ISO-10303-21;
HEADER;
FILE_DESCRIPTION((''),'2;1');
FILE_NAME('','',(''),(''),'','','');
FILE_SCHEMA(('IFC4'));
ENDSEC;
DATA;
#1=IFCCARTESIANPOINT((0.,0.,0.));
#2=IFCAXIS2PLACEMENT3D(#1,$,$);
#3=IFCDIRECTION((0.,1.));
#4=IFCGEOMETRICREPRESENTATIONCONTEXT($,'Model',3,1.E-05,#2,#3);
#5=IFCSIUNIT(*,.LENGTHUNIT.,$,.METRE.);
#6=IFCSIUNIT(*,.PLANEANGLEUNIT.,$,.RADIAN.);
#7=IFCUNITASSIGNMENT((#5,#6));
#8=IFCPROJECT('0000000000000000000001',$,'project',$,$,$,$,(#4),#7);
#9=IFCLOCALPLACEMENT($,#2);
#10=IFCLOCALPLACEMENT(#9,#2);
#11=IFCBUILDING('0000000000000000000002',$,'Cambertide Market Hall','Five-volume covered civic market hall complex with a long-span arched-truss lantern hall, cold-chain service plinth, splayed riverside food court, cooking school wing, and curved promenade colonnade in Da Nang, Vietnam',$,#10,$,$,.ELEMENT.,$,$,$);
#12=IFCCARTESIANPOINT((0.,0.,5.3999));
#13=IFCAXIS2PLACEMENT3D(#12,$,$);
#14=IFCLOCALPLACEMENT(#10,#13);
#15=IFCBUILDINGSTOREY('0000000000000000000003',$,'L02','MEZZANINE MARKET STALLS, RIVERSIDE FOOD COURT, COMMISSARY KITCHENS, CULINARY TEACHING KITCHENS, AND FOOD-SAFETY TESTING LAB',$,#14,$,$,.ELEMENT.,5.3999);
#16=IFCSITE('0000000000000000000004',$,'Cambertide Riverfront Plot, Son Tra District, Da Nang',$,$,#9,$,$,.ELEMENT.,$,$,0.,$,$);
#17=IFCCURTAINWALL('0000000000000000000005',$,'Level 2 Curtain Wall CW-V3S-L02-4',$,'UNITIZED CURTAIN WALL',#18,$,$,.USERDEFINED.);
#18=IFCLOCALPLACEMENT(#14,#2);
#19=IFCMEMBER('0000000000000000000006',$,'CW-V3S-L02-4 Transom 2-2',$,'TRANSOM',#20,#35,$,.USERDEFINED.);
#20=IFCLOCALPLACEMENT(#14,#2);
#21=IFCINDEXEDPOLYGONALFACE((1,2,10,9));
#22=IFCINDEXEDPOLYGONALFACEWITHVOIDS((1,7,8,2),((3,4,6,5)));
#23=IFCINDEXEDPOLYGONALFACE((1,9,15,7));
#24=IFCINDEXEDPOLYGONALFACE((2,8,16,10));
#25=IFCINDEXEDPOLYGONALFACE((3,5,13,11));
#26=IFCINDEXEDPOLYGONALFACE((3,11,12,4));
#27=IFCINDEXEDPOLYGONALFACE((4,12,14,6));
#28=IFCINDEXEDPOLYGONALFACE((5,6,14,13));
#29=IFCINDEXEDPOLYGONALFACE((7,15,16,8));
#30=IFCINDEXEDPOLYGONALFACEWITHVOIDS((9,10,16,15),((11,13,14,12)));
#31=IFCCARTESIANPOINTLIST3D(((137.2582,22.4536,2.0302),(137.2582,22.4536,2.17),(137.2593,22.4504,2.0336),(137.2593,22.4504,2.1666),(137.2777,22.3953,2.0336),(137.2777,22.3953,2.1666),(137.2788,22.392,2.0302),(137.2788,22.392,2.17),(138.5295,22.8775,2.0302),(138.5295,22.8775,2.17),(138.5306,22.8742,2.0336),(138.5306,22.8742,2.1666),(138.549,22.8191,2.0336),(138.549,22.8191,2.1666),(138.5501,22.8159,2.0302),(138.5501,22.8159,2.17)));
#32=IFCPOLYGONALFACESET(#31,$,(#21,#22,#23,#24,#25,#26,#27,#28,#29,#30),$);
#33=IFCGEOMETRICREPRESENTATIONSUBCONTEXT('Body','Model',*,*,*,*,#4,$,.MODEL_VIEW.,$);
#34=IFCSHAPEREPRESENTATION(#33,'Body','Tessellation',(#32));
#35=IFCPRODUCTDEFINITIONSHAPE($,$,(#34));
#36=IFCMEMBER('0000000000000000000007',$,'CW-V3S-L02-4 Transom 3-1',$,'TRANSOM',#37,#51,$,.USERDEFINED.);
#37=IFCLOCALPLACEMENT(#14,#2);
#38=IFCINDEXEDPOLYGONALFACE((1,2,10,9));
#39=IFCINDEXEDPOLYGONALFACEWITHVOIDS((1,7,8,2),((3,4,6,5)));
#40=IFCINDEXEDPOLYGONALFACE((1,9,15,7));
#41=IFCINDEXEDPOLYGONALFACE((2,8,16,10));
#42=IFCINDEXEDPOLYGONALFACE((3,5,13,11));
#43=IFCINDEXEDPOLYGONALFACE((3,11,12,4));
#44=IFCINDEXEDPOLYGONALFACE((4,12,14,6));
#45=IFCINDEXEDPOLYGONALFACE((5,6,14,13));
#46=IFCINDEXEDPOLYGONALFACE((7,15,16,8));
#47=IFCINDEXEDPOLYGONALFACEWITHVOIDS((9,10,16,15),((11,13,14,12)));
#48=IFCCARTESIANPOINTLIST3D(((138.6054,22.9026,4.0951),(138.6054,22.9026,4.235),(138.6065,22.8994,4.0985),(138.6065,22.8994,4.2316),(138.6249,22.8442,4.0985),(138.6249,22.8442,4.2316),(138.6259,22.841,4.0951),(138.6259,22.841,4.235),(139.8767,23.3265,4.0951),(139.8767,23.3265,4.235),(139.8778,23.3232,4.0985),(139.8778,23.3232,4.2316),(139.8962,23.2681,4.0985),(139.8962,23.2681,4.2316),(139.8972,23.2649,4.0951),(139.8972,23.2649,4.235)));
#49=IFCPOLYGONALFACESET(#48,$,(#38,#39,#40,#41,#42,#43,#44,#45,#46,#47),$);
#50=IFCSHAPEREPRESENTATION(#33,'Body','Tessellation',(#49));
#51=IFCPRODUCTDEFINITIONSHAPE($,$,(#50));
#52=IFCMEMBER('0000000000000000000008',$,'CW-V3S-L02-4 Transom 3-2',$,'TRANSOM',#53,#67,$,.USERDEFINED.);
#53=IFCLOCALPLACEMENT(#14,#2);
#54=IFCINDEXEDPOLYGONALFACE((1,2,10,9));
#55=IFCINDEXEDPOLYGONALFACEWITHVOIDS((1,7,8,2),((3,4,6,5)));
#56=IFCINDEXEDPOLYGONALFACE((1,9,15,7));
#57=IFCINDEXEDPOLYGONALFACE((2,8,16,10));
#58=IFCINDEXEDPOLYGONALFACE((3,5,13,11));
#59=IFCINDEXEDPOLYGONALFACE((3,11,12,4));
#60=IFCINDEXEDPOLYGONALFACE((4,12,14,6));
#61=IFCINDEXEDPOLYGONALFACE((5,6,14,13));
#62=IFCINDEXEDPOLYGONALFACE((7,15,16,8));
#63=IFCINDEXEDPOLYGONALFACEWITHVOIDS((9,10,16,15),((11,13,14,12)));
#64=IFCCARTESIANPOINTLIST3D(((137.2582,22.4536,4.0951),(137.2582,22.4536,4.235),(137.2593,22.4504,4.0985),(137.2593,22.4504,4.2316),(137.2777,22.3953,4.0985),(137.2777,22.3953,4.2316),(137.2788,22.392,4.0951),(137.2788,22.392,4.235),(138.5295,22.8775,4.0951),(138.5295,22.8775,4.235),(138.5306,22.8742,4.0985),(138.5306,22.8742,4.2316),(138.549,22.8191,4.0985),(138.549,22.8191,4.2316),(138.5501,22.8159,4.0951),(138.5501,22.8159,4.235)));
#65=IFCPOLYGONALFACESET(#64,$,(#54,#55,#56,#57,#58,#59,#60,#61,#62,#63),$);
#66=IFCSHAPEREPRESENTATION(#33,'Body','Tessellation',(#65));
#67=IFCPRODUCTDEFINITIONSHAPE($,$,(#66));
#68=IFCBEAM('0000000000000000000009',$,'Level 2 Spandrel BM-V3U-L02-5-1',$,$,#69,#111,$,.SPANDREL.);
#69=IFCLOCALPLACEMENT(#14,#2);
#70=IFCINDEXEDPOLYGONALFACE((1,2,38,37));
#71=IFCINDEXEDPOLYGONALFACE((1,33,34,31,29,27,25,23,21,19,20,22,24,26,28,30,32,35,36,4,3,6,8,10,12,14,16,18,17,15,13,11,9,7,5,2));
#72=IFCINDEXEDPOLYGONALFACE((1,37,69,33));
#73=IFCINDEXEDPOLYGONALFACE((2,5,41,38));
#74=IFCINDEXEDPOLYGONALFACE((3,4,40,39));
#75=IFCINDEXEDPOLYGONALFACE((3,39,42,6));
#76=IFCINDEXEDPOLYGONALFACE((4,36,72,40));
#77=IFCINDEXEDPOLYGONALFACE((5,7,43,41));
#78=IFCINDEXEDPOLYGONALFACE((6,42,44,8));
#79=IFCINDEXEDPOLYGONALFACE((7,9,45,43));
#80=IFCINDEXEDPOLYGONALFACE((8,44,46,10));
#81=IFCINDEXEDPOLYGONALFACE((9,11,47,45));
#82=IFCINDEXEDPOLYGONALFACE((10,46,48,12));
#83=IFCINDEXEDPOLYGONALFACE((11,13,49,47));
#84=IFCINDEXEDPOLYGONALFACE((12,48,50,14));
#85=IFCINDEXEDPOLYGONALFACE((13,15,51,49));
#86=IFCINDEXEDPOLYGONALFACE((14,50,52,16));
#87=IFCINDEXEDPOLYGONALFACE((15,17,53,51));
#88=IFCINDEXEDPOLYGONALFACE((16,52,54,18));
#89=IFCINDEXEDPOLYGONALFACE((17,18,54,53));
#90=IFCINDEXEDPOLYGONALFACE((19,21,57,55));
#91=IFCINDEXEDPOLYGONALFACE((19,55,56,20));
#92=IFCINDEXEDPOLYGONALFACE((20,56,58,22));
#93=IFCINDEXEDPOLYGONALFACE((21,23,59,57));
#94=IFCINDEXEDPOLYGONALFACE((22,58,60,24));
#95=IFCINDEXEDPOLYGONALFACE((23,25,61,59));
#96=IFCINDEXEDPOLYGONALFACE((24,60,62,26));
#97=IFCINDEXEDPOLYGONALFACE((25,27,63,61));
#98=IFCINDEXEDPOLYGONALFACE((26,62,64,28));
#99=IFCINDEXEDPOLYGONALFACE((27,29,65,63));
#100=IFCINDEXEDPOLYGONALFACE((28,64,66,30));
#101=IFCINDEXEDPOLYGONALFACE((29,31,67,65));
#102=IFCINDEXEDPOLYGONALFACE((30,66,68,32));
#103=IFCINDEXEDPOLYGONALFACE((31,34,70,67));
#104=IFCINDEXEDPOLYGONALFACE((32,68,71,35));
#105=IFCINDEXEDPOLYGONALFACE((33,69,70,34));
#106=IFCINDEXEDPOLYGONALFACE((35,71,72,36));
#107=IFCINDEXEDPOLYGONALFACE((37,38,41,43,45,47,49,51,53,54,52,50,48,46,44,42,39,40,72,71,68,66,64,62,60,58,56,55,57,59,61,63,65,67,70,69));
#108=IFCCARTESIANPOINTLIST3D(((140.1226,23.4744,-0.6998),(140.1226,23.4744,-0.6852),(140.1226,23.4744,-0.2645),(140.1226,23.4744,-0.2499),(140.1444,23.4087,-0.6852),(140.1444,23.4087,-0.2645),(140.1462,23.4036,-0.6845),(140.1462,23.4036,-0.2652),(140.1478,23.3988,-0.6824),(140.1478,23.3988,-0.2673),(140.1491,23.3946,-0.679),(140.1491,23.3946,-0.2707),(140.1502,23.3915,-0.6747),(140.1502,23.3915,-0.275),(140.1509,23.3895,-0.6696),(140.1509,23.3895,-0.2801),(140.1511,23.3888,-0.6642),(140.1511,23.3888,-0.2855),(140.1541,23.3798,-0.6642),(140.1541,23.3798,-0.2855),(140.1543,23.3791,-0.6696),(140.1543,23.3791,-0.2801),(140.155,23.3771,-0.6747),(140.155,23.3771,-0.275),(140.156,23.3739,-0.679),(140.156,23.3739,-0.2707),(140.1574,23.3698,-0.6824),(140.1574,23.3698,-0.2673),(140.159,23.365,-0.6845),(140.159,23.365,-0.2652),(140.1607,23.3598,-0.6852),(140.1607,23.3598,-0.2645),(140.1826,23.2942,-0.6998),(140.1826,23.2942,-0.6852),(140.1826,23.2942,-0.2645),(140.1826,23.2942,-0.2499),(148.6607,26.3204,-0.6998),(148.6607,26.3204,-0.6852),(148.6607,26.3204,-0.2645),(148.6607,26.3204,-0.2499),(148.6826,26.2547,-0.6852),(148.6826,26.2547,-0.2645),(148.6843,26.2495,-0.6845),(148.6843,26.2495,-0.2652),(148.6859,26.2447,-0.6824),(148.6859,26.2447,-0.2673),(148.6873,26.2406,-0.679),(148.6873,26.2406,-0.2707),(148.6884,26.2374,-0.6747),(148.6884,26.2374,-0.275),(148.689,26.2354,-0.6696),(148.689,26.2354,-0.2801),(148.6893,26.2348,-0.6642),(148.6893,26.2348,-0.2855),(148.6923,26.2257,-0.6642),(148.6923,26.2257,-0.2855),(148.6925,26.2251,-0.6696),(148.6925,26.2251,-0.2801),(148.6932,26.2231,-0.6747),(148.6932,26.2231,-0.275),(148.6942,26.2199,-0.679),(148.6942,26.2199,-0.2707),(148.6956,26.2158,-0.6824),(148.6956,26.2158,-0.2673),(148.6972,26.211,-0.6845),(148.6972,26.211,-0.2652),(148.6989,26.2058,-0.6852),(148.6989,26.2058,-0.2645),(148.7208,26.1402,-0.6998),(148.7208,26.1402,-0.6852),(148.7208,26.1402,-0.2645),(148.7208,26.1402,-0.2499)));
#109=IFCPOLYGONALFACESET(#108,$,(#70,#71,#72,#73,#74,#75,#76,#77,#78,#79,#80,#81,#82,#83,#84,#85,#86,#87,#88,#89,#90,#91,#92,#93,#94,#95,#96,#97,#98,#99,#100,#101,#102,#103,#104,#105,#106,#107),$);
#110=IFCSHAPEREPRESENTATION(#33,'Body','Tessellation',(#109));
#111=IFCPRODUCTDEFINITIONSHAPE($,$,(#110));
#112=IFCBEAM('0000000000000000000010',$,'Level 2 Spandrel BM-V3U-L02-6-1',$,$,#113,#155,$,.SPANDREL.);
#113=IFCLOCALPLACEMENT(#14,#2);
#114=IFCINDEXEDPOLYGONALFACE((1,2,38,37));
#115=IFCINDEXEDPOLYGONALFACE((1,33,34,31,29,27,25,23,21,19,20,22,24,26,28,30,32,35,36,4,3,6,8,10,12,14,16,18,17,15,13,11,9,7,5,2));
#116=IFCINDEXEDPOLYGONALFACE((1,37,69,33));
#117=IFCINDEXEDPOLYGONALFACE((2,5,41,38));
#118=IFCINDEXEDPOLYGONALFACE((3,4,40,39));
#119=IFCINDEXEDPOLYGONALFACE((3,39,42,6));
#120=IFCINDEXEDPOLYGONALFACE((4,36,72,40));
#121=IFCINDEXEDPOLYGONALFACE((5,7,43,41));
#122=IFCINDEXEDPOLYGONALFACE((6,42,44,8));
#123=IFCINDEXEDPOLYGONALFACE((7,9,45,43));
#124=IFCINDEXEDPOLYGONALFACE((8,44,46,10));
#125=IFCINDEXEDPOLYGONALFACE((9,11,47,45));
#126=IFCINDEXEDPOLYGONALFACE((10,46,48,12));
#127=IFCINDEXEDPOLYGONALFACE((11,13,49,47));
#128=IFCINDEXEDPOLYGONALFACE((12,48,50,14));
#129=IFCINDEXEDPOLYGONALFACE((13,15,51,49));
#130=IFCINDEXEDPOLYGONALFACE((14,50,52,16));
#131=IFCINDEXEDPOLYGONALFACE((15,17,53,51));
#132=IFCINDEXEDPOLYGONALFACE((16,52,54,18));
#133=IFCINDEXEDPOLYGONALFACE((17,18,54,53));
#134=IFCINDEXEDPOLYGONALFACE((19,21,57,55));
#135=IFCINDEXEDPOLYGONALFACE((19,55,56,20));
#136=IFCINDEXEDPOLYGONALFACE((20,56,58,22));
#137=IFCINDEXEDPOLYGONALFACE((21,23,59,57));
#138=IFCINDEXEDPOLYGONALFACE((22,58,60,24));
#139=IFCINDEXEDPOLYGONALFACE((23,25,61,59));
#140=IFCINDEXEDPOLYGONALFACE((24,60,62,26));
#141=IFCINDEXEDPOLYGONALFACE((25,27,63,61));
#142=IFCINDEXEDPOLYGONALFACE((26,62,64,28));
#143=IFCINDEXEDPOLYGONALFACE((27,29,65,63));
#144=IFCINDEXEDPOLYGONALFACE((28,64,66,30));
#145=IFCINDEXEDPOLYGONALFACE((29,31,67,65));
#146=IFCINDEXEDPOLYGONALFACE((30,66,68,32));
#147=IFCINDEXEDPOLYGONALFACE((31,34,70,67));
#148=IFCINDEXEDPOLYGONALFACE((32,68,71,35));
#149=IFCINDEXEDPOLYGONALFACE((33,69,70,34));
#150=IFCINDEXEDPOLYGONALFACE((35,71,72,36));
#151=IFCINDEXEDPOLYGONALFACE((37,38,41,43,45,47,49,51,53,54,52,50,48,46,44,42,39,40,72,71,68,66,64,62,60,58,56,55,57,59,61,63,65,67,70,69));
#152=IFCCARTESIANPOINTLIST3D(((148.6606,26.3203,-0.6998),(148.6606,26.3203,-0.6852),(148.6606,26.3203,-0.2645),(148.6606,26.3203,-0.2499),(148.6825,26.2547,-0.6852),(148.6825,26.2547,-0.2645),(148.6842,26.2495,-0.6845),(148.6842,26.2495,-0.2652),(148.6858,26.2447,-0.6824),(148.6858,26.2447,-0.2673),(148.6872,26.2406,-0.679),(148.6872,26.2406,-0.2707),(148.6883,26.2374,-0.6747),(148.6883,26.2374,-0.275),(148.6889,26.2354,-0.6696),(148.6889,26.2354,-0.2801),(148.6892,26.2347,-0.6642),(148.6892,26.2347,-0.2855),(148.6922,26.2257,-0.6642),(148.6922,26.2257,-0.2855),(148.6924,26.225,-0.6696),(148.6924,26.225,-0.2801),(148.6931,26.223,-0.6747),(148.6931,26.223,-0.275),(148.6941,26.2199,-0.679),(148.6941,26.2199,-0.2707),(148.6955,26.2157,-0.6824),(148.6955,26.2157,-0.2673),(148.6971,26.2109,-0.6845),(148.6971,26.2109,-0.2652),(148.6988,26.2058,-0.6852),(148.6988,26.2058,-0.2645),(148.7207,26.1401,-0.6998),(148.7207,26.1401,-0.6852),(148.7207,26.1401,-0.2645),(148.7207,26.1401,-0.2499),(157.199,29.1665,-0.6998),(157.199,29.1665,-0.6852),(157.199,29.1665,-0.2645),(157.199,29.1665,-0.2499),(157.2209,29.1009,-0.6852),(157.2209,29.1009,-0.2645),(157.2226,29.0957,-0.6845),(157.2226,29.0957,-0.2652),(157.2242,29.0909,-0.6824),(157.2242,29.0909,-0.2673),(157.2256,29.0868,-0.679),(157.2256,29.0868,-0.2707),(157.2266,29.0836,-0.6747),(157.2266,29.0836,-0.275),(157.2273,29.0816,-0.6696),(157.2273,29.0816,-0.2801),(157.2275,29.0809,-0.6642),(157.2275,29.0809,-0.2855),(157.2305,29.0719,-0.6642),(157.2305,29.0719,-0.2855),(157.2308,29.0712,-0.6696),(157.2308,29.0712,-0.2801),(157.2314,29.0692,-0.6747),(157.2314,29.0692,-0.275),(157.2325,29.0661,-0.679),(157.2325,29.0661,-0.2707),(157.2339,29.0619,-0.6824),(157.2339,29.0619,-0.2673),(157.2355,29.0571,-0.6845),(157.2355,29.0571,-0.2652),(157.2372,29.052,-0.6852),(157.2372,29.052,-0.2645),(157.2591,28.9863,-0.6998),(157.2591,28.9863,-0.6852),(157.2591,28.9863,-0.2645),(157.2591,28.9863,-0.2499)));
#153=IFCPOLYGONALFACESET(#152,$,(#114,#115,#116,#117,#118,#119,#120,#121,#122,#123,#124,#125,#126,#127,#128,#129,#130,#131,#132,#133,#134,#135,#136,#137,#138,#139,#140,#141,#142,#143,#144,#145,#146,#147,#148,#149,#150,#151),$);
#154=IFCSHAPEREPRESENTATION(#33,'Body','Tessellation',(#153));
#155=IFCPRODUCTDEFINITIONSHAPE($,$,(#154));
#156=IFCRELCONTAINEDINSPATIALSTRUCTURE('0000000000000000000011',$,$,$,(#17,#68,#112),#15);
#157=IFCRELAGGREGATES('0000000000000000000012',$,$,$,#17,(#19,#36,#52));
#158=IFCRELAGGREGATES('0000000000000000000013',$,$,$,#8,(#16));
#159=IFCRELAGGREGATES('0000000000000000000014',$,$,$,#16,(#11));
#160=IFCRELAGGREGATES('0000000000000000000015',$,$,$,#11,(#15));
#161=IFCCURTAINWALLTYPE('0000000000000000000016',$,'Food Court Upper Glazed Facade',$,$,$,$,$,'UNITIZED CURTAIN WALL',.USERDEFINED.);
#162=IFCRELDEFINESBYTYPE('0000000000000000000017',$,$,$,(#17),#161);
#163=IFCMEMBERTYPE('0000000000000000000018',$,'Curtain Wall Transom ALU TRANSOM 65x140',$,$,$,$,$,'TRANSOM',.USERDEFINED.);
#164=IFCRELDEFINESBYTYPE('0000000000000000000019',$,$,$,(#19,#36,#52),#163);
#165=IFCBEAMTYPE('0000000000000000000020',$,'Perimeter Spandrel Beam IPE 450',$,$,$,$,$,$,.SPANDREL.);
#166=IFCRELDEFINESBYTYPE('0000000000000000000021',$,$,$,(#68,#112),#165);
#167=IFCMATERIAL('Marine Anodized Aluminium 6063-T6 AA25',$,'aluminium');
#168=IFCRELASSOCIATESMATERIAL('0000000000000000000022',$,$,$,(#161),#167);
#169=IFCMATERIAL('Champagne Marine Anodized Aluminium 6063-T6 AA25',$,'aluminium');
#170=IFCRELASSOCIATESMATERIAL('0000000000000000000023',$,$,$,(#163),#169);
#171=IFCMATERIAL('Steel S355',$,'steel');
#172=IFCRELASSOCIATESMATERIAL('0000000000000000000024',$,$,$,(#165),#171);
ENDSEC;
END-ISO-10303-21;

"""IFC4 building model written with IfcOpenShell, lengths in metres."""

from ifc_helpers import new_model, si_unit, direction, frame, origin, origin_2d, place, context, subcontext, project, spatial, hollow_rectangle, i_section, extrude, material, material_profile, profile_set, type_object, element, aggregate, save


model = new_model("IFC4")

# Units and contexts
model_context = context("Model", 3, precision=1e-05, world=origin(), true_north=direction((0.0, 1.0)))
body_context = subcontext(model_context, "Body", "Model", "MODEL_VIEW")
ifc_project = project(units=[si_unit("LENGTHUNIT", "METRE"), si_unit("PLANEANGLEUNIT", "RADIAN")], contexts=[model_context])

# Site, building, storey
site_placement = place(None, origin())
site = spatial("IfcSite", under=ifc_project, at=site_placement, Name="Cambertide Riverfront Plot, Son Tra District, Da Nang", CompositionType="ELEMENT", RefElevation=0.0)
building_placement = place(site_placement, origin())
building = spatial("IfcBuilding", under=site, at=building_placement, Name="Cambertide Market Hall", Description="Five-volume covered civic market hall complex with a long-span arched-truss lantern hall, cold-chain service plinth, splayed riverside food court, cooking school wing, and curved promenade colonnade in Da Nang, Vietnam", CompositionType="ELEMENT")
storey_placement = place(building_placement, frame((0.0, 0.0, 5.3999)))
storey = spatial("IfcBuildingStorey", under=building, at=storey_placement, Name="L02", Description="MEZZANINE MARKET STALLS, RIVERSIDE FOOD COURT, COMMISSARY KITCHENS, CULINARY TEACHING KITCHENS, AND FOOD-SAFETY TESTING LAB", CompositionType="ELEMENT", Elevation=5.3999)

# Curtain wall, members
ifc_material_1 = material(Name="Marine Anodized Aluminium 6063-T6 AA25", Category="aluminium")
curtain_wall_type = type_object("IfcCurtainWallType", Name="Food Court Upper Glazed Facade", ElementType="UNITIZED CURTAIN WALL", PredefinedType="USERDEFINED", material=ifc_material_1)
curtain_wall_placement = place(storey_placement, origin())
curtain_wall = element("IfcCurtainWall", 1, at=curtain_wall_placement, inside=storey, type_object=curtain_wall_type, Name="Level 2 Curtain Wall CW-V3S-L02-4", ObjectType="UNITIZED CURTAIN WALL", PredefinedType="USERDEFINED")
ifc_material_2 = material(Name="Champagne Marine Anodized Aluminium 6063-T6 AA25", Category="aluminium")
ifc_material_profile_1 = material_profile(ifc_material_2, hollow_rectangle(XDim=0.0649, YDim=0.1399, WallThickness=0.0034, at=origin_2d()), Name="ALU TRANSOM 65x140")
ifc_profile_set_1 = profile_set([ifc_material_profile_1], Name="Champagne Marine Anodized Aluminium 6063-T6 AA25")
member_type_1 = type_object("IfcMemberType", Name="Curtain Wall Transom ALU TRANSOM 65x140", ElementType="TRANSOM", PredefinedType="USERDEFINED", material=ifc_profile_set_1)
member_1_placement = place(storey_placement, frame((138.5398, 22.8467, 2.1001), z_axis=(-0.948665, -0.316282, 0.0), x_axis=(0.316282, -0.948665, 0.0)))
member_1 = element("IfcMember", 2, at=member_1_placement, type_object=member_type_1, Name="CW-V3S-L02-4 Transom 2-2", ObjectType="TRANSOM", PredefinedType="USERDEFINED", context=body_context, shape_type="SweptSolid", body=[
    extrude(hollow_rectangle(XDim=0.0649, YDim=0.1399, WallThickness=0.0034, at=origin_2d()), origin(), (0.0, 0.0, 1.0), 1.3401),
])
member_2_placement = place(storey_placement, frame((139.887, 23.2957, 4.165), z_axis=(-0.948665, -0.316282, 0.0), x_axis=(0.316282, -0.948665, 0.0)))
member_2 = element("IfcMember", 3, at=member_2_placement, type_object=member_type_1, Name="CW-V3S-L02-4 Transom 3-1", ObjectType="TRANSOM", PredefinedType="USERDEFINED", context=body_context, shape_type="SweptSolid", body=[
    extrude(hollow_rectangle(XDim=0.0649, YDim=0.1399, WallThickness=0.0034, at=origin_2d()), origin(), (0.0, 0.0, 1.0), 1.3401),
])
member_3_placement = place(storey_placement, frame((138.5398, 22.8467, 4.165), z_axis=(-0.948665, -0.316282, 0.0), x_axis=(0.316282, -0.948665, 0.0)))
member_3 = element("IfcMember", 4, at=member_3_placement, type_object=member_type_1, Name="CW-V3S-L02-4 Transom 3-2", ObjectType="TRANSOM", PredefinedType="USERDEFINED", context=body_context, shape_type="SweptSolid", body=[
    extrude(hollow_rectangle(XDim=0.0649, YDim=0.1399, WallThickness=0.0034, at=origin_2d()), origin(), (0.0, 0.0, 1.0), 1.3401),
])

# Beams
ifc_material_3 = material(Name="Steel S355", Category="steel")
ifc_material_profile_2 = material_profile(ifc_material_3, i_section(OverallWidth=0.1899, OverallDepth=0.45, WebThickness=0.0095, FlangeThickness=0.0146, FilletRadius=0.021, at=origin_2d()), Name="IPE 450")
ifc_profile_set_2 = profile_set([ifc_material_profile_2], Name="Steel S355")
beam_type_1 = type_object("IfcBeamType", Name="Perimeter Spandrel Beam IPE 450", PredefinedType="SPANDREL", material=ifc_profile_set_2)
beam_1_placement = place(storey_placement, frame((140.1526, 23.3843, -0.4749), z_axis=(0.948686, 0.31622, 0.0), x_axis=(-0.31622, 0.948686, 0.0)))
element("IfcBeam", 5, at=beam_1_placement, inside=storey, type_object=beam_type_1, Name="Level 2 Spandrel BM-V3U-L02-5-1", PredefinedType="SPANDREL", context=body_context, shape_type="SweptSolid", body=[
    extrude(i_section(OverallWidth=0.1899, OverallDepth=0.45, WebThickness=0.0095, FlangeThickness=0.0146, FilletRadius=0.021, at=origin_2d()), origin(), (0.0, 0.0, 1.0), 9.0),
])
beam_2_placement = place(storey_placement, frame((148.6907, 26.2302, -0.4749), z_axis=(0.948681, 0.316236, 0.0), x_axis=(-0.316236, 0.948681, 0.0)))
element("IfcBeam", 6, at=beam_2_placement, inside=storey, type_object=beam_type_1, Name="Level 2 Spandrel BM-V3U-L02-6-1", PredefinedType="SPANDREL", context=body_context, shape_type="SweptSolid", body=[
    extrude(i_section(OverallWidth=0.1899, OverallDepth=0.45, WebThickness=0.0095, FlangeThickness=0.0146, FilletRadius=0.021, at=origin_2d()), origin(), (0.0, 0.0, 1.0), 9.0002),
])

aggregate(curtain_wall, [member_1, member_2, member_3])

save(model, "model.ifc")
